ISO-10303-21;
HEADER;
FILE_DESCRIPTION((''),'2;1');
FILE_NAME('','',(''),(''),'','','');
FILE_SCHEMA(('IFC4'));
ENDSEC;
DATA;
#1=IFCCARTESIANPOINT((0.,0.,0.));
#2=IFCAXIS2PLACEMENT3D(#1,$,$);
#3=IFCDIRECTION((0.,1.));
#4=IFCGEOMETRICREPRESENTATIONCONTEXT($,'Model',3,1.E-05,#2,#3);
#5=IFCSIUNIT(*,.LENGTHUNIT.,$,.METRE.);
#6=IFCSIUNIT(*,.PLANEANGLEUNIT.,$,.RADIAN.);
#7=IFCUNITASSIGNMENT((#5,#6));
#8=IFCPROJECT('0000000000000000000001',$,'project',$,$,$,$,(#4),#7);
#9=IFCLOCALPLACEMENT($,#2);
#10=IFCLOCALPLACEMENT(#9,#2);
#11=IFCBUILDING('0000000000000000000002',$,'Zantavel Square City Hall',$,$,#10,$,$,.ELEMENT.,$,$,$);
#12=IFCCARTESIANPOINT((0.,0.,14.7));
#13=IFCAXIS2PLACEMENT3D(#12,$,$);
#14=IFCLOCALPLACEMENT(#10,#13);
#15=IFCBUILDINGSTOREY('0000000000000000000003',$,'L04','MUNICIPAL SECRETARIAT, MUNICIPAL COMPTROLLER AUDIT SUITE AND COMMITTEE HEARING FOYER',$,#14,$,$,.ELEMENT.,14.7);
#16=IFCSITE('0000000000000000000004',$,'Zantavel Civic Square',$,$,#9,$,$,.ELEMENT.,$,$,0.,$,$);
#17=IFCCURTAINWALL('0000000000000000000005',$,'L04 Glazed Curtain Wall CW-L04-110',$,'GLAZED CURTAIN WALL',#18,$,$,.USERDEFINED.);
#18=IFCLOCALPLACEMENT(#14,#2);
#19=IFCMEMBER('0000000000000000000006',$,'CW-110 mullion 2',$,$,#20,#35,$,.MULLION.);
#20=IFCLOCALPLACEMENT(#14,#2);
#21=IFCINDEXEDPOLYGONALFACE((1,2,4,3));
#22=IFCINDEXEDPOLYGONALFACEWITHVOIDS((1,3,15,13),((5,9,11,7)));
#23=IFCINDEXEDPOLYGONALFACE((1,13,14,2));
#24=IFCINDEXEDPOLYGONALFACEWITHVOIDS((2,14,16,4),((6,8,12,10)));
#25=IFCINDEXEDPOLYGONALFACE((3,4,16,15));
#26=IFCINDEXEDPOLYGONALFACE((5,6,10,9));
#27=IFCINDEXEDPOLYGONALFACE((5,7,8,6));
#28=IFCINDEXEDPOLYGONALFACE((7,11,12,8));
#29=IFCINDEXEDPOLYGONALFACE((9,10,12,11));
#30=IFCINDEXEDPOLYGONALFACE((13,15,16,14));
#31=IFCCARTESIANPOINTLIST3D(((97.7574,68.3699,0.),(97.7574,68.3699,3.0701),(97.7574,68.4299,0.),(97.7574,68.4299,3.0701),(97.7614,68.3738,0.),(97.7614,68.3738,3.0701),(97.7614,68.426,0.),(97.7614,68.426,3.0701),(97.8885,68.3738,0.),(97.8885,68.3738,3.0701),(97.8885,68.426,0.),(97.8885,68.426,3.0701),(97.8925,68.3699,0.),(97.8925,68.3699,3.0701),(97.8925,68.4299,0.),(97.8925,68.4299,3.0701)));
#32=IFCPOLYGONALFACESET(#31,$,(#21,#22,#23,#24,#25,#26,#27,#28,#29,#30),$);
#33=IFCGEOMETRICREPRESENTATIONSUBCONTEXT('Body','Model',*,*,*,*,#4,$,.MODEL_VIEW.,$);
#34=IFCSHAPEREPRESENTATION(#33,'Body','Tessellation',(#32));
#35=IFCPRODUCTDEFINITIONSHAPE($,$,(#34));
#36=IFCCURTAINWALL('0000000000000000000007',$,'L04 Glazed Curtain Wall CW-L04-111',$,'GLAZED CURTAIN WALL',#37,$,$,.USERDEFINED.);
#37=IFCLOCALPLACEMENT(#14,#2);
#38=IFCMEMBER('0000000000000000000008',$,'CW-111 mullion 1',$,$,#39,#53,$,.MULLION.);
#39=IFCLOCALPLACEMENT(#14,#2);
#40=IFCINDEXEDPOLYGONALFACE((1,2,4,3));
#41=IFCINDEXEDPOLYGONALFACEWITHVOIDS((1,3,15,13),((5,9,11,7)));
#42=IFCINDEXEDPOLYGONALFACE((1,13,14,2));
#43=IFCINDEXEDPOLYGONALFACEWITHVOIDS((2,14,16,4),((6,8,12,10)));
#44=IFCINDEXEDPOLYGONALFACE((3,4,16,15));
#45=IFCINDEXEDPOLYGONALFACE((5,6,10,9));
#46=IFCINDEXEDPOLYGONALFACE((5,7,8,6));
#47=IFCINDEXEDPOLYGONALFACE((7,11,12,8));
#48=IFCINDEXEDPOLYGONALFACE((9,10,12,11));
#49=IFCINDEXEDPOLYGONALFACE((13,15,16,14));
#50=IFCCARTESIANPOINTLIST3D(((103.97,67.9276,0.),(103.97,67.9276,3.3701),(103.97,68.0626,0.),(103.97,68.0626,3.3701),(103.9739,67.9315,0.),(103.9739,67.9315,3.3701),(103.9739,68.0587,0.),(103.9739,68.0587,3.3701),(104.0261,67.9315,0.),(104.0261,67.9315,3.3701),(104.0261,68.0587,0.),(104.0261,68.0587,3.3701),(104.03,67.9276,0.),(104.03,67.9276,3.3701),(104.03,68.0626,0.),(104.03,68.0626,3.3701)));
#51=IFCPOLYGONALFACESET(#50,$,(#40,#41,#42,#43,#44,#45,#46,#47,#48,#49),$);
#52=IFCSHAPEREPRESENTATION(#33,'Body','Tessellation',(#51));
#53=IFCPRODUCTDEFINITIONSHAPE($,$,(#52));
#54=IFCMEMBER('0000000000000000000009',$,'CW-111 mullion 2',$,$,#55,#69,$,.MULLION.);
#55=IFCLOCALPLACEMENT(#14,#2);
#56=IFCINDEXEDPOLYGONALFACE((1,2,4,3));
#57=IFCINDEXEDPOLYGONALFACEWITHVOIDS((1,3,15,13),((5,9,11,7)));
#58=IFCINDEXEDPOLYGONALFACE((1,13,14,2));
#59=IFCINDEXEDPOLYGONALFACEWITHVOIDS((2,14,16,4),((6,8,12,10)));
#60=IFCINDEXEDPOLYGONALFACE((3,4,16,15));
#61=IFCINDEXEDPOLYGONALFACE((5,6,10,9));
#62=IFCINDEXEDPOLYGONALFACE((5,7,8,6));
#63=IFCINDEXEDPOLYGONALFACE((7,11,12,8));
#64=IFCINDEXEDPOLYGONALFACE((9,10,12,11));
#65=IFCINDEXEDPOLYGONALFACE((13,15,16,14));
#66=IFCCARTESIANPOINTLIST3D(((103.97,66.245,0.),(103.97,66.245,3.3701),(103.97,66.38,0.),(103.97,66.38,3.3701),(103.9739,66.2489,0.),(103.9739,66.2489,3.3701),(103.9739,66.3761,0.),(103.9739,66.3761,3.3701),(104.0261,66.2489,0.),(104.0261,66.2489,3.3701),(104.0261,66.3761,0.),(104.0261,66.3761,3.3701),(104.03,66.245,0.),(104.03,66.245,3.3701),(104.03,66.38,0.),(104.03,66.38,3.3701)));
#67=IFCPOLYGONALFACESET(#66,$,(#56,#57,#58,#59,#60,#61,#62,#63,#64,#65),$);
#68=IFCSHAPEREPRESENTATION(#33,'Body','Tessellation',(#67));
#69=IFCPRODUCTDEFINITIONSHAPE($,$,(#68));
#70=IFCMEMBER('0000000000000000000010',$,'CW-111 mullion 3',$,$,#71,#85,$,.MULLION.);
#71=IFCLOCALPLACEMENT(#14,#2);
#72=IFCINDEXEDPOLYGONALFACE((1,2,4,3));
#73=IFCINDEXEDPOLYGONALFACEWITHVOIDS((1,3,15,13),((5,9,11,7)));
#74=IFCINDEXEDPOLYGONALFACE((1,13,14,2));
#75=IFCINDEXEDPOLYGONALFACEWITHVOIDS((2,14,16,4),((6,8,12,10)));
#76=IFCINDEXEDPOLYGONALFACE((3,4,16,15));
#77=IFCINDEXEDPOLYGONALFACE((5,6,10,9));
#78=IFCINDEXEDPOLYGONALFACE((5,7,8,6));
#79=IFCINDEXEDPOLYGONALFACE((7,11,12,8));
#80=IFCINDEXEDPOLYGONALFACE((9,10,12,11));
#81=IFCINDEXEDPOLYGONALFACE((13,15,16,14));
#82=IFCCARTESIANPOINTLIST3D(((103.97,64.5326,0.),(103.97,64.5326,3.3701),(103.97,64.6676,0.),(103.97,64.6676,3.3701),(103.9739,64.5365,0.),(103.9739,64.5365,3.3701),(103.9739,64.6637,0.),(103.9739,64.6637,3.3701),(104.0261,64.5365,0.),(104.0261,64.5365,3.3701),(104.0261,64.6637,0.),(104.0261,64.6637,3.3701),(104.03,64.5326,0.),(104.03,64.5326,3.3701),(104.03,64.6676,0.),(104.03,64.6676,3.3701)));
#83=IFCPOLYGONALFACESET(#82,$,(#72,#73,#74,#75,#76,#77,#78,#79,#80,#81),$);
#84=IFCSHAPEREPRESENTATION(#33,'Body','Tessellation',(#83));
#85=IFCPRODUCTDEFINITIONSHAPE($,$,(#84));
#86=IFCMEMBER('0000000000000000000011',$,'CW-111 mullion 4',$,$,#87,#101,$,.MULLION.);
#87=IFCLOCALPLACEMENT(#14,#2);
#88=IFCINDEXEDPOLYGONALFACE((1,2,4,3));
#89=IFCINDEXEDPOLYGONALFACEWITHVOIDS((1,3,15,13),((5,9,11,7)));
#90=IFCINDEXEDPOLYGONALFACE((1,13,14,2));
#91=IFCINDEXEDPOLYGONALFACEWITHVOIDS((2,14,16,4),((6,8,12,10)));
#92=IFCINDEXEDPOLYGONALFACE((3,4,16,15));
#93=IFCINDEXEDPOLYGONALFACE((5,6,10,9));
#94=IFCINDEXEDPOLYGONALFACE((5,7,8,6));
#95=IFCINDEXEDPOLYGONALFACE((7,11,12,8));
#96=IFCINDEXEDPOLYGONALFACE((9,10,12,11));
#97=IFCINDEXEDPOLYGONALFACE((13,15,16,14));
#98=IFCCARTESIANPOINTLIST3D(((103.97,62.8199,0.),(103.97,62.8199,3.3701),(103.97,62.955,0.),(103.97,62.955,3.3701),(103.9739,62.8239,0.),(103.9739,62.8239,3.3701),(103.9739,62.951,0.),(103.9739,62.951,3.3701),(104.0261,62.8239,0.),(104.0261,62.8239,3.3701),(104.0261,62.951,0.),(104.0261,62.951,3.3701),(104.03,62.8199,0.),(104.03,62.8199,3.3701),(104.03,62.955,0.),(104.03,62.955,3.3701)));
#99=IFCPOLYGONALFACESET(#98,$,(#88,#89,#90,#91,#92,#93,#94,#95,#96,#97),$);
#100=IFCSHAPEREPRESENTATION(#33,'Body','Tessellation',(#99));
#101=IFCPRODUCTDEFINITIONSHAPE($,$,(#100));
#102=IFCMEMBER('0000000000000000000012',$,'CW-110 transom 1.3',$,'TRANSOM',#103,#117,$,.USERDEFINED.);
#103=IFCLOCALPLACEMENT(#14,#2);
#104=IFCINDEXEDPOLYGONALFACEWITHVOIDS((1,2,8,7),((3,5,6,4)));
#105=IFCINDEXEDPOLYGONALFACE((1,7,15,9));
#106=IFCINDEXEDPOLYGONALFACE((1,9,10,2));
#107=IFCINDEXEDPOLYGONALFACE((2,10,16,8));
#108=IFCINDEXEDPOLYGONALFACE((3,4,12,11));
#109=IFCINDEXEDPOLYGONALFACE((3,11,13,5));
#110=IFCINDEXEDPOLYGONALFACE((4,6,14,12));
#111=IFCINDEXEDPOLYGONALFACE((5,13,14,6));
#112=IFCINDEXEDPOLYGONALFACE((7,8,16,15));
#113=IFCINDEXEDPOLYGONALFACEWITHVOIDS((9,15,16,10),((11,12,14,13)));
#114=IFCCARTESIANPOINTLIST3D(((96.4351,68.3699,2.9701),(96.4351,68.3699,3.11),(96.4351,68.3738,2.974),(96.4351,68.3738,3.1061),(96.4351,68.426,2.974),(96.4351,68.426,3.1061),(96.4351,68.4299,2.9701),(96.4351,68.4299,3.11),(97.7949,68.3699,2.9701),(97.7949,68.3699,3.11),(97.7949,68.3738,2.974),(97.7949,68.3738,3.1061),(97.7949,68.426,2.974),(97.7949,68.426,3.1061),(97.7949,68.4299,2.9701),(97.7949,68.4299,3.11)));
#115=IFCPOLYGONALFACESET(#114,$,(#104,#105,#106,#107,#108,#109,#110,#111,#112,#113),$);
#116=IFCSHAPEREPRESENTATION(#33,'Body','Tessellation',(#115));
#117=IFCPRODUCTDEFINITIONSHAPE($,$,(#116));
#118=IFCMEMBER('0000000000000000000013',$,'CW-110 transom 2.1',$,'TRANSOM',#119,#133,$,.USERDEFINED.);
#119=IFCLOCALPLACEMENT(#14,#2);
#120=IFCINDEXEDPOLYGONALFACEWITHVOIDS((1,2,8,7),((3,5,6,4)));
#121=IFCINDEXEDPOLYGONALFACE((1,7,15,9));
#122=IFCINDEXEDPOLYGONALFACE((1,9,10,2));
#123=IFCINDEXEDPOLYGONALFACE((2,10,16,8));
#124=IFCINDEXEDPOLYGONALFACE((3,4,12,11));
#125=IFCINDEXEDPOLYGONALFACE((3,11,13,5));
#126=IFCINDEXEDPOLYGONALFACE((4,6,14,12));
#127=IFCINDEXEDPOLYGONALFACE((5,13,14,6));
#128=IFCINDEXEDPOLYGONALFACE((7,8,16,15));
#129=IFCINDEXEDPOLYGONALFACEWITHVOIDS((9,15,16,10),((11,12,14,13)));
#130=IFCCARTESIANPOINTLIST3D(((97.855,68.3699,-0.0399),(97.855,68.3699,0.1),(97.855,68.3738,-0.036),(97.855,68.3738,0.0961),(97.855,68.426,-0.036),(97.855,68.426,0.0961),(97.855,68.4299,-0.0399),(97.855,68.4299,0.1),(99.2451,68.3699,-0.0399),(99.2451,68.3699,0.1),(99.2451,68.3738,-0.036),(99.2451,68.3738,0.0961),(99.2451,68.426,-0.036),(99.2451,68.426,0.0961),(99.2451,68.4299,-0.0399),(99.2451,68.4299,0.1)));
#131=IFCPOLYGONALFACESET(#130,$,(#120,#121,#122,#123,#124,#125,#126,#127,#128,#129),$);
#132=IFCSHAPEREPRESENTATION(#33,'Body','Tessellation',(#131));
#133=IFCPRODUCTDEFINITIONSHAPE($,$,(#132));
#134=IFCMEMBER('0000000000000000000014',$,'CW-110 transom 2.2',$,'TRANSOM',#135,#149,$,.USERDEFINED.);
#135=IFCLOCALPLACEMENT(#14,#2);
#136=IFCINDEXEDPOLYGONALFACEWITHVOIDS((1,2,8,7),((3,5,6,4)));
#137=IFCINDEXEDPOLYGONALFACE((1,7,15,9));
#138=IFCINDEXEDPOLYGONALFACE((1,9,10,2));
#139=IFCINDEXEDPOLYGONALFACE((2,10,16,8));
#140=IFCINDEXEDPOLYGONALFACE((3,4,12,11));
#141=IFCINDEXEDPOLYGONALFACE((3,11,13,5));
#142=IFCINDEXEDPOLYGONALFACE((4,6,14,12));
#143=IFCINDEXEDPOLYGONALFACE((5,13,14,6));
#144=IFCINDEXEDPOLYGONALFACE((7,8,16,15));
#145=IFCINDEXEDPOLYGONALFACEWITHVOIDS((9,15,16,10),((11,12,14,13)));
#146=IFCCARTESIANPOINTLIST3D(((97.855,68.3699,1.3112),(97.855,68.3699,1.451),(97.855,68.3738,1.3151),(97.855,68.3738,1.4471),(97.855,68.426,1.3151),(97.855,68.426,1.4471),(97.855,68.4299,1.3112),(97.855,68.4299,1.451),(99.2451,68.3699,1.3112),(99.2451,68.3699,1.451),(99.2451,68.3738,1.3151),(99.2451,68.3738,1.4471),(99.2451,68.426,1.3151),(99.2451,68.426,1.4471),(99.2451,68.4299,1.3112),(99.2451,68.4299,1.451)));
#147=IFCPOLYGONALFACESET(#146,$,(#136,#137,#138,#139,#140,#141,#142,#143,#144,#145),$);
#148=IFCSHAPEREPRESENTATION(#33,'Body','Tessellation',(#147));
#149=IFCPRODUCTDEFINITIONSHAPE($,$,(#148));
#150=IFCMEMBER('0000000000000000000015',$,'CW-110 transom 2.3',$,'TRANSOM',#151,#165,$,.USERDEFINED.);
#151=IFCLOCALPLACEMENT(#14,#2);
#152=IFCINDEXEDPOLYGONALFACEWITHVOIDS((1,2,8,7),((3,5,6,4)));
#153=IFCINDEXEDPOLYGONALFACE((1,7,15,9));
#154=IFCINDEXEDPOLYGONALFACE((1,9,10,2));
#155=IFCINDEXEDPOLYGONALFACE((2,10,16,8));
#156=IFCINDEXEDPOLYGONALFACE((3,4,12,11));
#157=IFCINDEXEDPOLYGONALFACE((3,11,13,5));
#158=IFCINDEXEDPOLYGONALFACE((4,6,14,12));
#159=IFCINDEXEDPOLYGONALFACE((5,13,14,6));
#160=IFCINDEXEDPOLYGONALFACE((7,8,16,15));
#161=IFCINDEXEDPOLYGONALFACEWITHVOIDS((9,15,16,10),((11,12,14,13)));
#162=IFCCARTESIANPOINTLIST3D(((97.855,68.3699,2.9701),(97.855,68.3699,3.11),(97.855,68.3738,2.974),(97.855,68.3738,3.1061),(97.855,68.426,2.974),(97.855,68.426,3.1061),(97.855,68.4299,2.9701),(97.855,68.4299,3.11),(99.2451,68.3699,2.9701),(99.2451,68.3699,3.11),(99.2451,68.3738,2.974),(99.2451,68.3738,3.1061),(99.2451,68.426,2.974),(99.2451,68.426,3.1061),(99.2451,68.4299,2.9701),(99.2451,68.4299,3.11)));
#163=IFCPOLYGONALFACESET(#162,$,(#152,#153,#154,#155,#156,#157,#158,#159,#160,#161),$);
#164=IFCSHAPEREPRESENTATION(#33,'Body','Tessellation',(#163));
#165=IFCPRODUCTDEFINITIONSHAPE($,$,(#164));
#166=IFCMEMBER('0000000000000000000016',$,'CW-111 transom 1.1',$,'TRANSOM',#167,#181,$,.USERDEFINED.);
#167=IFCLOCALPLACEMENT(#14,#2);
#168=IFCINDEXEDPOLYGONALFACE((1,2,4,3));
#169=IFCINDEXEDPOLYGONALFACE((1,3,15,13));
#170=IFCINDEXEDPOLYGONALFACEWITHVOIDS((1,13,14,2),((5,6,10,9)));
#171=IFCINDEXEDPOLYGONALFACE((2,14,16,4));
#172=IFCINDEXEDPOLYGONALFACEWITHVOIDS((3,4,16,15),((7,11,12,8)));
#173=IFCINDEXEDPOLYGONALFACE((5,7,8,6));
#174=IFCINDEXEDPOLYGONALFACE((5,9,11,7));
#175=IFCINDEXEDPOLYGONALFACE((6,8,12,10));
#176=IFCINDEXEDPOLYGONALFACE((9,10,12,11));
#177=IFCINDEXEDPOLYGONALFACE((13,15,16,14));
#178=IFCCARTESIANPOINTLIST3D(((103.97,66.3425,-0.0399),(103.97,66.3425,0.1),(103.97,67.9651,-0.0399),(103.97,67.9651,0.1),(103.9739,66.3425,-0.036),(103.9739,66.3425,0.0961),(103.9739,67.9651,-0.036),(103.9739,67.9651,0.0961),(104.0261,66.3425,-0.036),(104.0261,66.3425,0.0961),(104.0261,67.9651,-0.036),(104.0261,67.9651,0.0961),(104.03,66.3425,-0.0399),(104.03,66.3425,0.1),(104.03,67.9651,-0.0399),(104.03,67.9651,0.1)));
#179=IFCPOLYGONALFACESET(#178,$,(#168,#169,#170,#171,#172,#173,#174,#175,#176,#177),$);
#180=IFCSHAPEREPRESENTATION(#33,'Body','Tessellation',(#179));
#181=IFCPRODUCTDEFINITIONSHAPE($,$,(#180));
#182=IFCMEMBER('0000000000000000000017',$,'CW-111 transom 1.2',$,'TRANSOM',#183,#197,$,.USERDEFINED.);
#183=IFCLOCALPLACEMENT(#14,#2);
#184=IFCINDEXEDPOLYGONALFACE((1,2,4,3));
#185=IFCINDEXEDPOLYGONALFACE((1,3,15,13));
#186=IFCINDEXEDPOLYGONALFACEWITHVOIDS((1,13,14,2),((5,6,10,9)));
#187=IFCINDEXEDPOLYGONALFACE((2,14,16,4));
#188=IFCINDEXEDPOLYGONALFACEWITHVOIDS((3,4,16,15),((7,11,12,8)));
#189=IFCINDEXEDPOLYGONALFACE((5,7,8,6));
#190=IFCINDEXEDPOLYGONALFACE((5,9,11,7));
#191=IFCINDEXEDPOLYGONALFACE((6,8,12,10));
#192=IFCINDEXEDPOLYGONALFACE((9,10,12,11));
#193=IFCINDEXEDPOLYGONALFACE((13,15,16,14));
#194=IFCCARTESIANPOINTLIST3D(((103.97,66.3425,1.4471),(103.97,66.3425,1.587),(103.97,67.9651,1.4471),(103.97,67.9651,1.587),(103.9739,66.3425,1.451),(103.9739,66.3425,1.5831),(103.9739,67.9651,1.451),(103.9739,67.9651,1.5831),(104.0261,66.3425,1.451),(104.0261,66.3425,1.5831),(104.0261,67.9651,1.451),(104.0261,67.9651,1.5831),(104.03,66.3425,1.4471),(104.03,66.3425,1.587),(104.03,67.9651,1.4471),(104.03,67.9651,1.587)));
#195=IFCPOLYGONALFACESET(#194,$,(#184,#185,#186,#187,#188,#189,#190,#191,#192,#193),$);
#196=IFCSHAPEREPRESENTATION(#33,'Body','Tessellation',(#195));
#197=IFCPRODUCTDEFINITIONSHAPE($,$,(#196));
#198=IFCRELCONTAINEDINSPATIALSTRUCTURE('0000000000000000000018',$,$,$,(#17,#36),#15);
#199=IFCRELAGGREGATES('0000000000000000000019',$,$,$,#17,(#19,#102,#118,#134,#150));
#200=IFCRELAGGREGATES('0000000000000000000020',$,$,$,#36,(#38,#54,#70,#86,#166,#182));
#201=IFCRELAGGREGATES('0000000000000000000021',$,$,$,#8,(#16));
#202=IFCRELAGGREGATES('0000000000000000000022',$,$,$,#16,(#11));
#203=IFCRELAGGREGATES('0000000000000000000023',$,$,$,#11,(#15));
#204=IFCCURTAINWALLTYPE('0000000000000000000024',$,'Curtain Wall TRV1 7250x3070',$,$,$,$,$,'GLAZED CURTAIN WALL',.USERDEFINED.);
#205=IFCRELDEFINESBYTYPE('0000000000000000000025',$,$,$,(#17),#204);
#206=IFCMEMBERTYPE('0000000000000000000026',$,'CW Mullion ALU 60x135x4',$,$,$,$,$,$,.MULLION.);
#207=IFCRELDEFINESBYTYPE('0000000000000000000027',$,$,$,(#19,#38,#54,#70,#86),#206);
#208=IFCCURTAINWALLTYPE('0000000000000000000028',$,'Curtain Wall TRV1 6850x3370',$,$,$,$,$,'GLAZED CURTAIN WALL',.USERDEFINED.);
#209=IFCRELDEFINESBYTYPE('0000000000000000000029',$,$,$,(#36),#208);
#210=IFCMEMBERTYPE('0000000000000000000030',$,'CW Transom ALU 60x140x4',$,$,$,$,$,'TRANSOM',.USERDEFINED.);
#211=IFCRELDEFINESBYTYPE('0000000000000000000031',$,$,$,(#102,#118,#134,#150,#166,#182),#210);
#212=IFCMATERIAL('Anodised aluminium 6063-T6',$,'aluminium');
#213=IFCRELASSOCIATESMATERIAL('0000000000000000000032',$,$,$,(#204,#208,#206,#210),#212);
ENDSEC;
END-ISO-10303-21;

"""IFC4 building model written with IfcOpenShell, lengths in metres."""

from ifc_helpers import new_model, si_unit, direction, frame, origin, origin_2d, place, context, subcontext, project, spatial, hollow_rectangle, extrude, material, material_profile, profile_set, type_object, element, aggregate, save


model = new_model("IFC4")

# Units and contexts
model_context = context("Model", 3, precision=1e-05, world=origin(), true_north=direction((0.0, 1.0)))
body_context = subcontext(model_context, "Body", "Model", "MODEL_VIEW")
ifc_project = project(units=[si_unit("LENGTHUNIT", "METRE"), si_unit("PLANEANGLEUNIT", "RADIAN")], contexts=[model_context])

# Site, building, storey
site_placement = place(None, origin())
site = spatial("IfcSite", under=ifc_project, at=site_placement, Name="Zantavel Civic Square", CompositionType="ELEMENT", RefElevation=0.0)
building_placement = place(site_placement, origin())
building = spatial("IfcBuilding", under=site, at=building_placement, Name="Zantavel Square City Hall", CompositionType="ELEMENT")
storey_placement = place(building_placement, frame((0.0, 0.0, 14.7)))
storey = spatial("IfcBuildingStorey", under=building, at=storey_placement, Name="L04", Description="MUNICIPAL SECRETARIAT, MUNICIPAL COMPTROLLER AUDIT SUITE AND COMMITTEE HEARING FOYER", CompositionType="ELEMENT", Elevation=14.7)

# Curtain wall, member
ifc_material_1 = material(Name="Anodised aluminium 6063-T6", Category="aluminium")
curtain_wall_type_1 = type_object("IfcCurtainWallType", Name="Curtain Wall TRV1 7250x3070", ElementType="GLAZED CURTAIN WALL", PredefinedType="USERDEFINED", material=ifc_material_1)
curtain_wall_1_placement = place(storey_placement, origin())
curtain_wall_1 = element("IfcCurtainWall", 1, at=curtain_wall_1_placement, inside=storey, type_object=curtain_wall_type_1, Name="L04 Glazed Curtain Wall CW-L04-110", ObjectType="GLAZED CURTAIN WALL", PredefinedType="USERDEFINED")
ifc_material_profile_1 = material_profile(ifc_material_1, hollow_rectangle(XDim=0.0601, YDim=0.135, WallThickness=0.0039, at=origin_2d()), Name="ALU 60x135x4")
ifc_profile_set_1 = profile_set([ifc_material_profile_1], Name="Anodised aluminium 6063-T6")
member_type_1 = type_object("IfcMemberType", Name="CW Mullion ALU 60x135x4", PredefinedType="MULLION", material=ifc_profile_set_1)
member_1_placement = place(storey_placement, frame((97.825, 68.3999, 0.0), z_axis=(0.0, 0.0, 1.0), x_axis=(0.0, 1.0, 0.0)))
member_1 = element("IfcMember", 2, at=member_1_placement, type_object=member_type_1, Name="CW-110 mullion 2", PredefinedType="MULLION", context=body_context, shape_type="SweptSolid", body=[
    extrude(hollow_rectangle(XDim=0.0601, YDim=0.135, WallThickness=0.0039, at=origin_2d()), origin(), (0.0, 0.0, 1.0), 3.0701),
])

# Curtain wall, members
curtain_wall_type_2 = type_object("IfcCurtainWallType", Name="Curtain Wall TRV1 6850x3370", ElementType="GLAZED CURTAIN WALL", PredefinedType="USERDEFINED", material=ifc_material_1)
curtain_wall_2_placement = place(storey_placement, origin())
curtain_wall_2 = element("IfcCurtainWall", 3, at=curtain_wall_2_placement, inside=storey, type_object=curtain_wall_type_2, Name="L04 Glazed Curtain Wall CW-L04-111", ObjectType="GLAZED CURTAIN WALL", PredefinedType="USERDEFINED")
member_2_placement = place(storey_placement, frame((104.0, 67.9951, 0.0), z_axis=(0.0, 0.0, 1.0), x_axis=(1.0, 0.0, 0.0)))
member_2 = element("IfcMember", 4, at=member_2_placement, type_object=member_type_1, Name="CW-111 mullion 1", PredefinedType="MULLION", context=body_context, shape_type="SweptSolid", body=[
    extrude(hollow_rectangle(XDim=0.0601, YDim=0.135, WallThickness=0.0039, at=origin_2d()), origin(), (0.0, 0.0, 1.0), 3.3701),
])
member_3_placement = place(storey_placement, frame((104.0, 66.3125, 0.0), z_axis=(0.0, 0.0, 1.0), x_axis=(1.0, 0.0, 0.0)))
member_3 = element("IfcMember", 5, at=member_3_placement, type_object=member_type_1, Name="CW-111 mullion 2", PredefinedType="MULLION", context=body_context, shape_type="SweptSolid", body=[
    extrude(hollow_rectangle(XDim=0.0601, YDim=0.135, WallThickness=0.0039, at=origin_2d()), origin(), (0.0, 0.0, 1.0), 3.3701),
])
member_4_placement = place(storey_placement, frame((104.0, 64.6001, 0.0), z_axis=(0.0, 0.0, 1.0), x_axis=(1.0, 0.0, 0.0)))
member_4 = element("IfcMember", 6, at=member_4_placement, type_object=member_type_1, Name="CW-111 mullion 3", PredefinedType="MULLION", context=body_context, shape_type="SweptSolid", body=[
    extrude(hollow_rectangle(XDim=0.0601, YDim=0.135, WallThickness=0.0039, at=origin_2d()), origin(), (0.0, 0.0, 1.0), 3.3701),
])
member_5_placement = place(storey_placement, frame((104.0, 62.8875, 0.0), z_axis=(0.0, 0.0, 1.0), x_axis=(1.0, 0.0, 0.0)))
member_5 = element("IfcMember", 7, at=member_5_placement, type_object=member_type_1, Name="CW-111 mullion 4", PredefinedType="MULLION", context=body_context, shape_type="SweptSolid", body=[
    extrude(hollow_rectangle(XDim=0.0601, YDim=0.135, WallThickness=0.0039, at=origin_2d()), origin(), (0.0, 0.0, 1.0), 3.3701),
])

# Members
ifc_material_profile_2 = material_profile(ifc_material_1, hollow_rectangle(XDim=0.0601, YDim=0.1399, WallThickness=0.0039, at=origin_2d()), Name="ALU 60x140x4")
ifc_profile_set_2 = profile_set([ifc_material_profile_2], Name="Anodised aluminium 6063-T6")
member_type_2 = type_object("IfcMemberType", Name="CW Transom ALU 60x140x4", ElementType="TRANSOM", PredefinedType="USERDEFINED", material=ifc_profile_set_2)
member_6_placement = place(storey_placement, frame((96.4351, 68.3999, 3.04), z_axis=(1.0, 0.0, 0.0), x_axis=(0.0, 1.0, 0.0)))
member_6 = element("IfcMember", 8, at=member_6_placement, type_object=member_type_2, Name="CW-110 transom 1.3", ObjectType="TRANSOM", PredefinedType="USERDEFINED", context=body_context, shape_type="SweptSolid", body=[
    extrude(hollow_rectangle(XDim=0.0601, YDim=0.1399, WallThickness=0.0039, at=origin_2d()), origin(), (0.0, 0.0, 1.0), 1.3599),
])
member_7_placement = place(storey_placement, frame((97.855, 68.3999, 0.03), z_axis=(1.0, 0.0, 0.0), x_axis=(0.0, 1.0, 0.0)))
member_7 = element("IfcMember", 9, at=member_7_placement, type_object=member_type_2, Name="CW-110 transom 2.1", ObjectType="TRANSOM", PredefinedType="USERDEFINED", context=body_context, shape_type="SweptSolid", body=[
    extrude(hollow_rectangle(XDim=0.0601, YDim=0.1399, WallThickness=0.0039, at=origin_2d()), origin(), (0.0, 0.0, 1.0), 1.3901),
])
member_8_placement = place(storey_placement, frame((97.855, 68.3999, 1.3811), z_axis=(1.0, 0.0, 0.0), x_axis=(0.0, 1.0, 0.0)))
member_8 = element("IfcMember", 10, at=member_8_placement, type_object=member_type_2, Name="CW-110 transom 2.2", ObjectType="TRANSOM", PredefinedType="USERDEFINED", context=body_context, shape_type="SweptSolid", body=[
    extrude(hollow_rectangle(XDim=0.0601, YDim=0.1399, WallThickness=0.0039, at=origin_2d()), origin(), (0.0, 0.0, 1.0), 1.3901),
])
member_9_placement = place(storey_placement, frame((97.855, 68.3999, 3.04), z_axis=(1.0, 0.0, 0.0), x_axis=(0.0, 1.0, 0.0)))
member_9 = element("IfcMember", 11, at=member_9_placement, type_object=member_type_2, Name="CW-110 transom 2.3", ObjectType="TRANSOM", PredefinedType="USERDEFINED", context=body_context, shape_type="SweptSolid", body=[
    extrude(hollow_rectangle(XDim=0.0601, YDim=0.1399, WallThickness=0.0039, at=origin_2d()), origin(), (0.0, 0.0, 1.0), 1.3901),
])
member_10_placement = place(storey_placement, frame((104.0, 67.9651, 0.03), z_axis=(0.0, -1.0, 0.0), x_axis=(1.0, 0.0, 0.0)))
member_10 = element("IfcMember", 12, at=member_10_placement, type_object=member_type_2, Name="CW-111 transom 1.1", ObjectType="TRANSOM", PredefinedType="USERDEFINED", context=body_context, shape_type="SweptSolid", body=[
    extrude(hollow_rectangle(XDim=0.0601, YDim=0.1399, WallThickness=0.0039, at=origin_2d()), origin(), (0.0, 0.0, 1.0), 1.6226),
])
member_11_placement = place(storey_placement, frame((104.0, 67.9651, 1.5171), z_axis=(0.0, -1.0, 0.0), x_axis=(1.0, 0.0, 0.0)))
member_11 = element("IfcMember", 13, at=member_11_placement, type_object=member_type_2, Name="CW-111 transom 1.2", ObjectType="TRANSOM", PredefinedType="USERDEFINED", context=body_context, shape_type="SweptSolid", body=[
    extrude(hollow_rectangle(XDim=0.0601, YDim=0.1399, WallThickness=0.0039, at=origin_2d()), origin(), (0.0, 0.0, 1.0), 1.6226),
])

aggregate(curtain_wall_1, [member_1, member_6, member_7, member_8, member_9])
aggregate(curtain_wall_2, [member_2, member_3, member_4, member_5, member_10, member_11])

save(model, "model.ifc")
